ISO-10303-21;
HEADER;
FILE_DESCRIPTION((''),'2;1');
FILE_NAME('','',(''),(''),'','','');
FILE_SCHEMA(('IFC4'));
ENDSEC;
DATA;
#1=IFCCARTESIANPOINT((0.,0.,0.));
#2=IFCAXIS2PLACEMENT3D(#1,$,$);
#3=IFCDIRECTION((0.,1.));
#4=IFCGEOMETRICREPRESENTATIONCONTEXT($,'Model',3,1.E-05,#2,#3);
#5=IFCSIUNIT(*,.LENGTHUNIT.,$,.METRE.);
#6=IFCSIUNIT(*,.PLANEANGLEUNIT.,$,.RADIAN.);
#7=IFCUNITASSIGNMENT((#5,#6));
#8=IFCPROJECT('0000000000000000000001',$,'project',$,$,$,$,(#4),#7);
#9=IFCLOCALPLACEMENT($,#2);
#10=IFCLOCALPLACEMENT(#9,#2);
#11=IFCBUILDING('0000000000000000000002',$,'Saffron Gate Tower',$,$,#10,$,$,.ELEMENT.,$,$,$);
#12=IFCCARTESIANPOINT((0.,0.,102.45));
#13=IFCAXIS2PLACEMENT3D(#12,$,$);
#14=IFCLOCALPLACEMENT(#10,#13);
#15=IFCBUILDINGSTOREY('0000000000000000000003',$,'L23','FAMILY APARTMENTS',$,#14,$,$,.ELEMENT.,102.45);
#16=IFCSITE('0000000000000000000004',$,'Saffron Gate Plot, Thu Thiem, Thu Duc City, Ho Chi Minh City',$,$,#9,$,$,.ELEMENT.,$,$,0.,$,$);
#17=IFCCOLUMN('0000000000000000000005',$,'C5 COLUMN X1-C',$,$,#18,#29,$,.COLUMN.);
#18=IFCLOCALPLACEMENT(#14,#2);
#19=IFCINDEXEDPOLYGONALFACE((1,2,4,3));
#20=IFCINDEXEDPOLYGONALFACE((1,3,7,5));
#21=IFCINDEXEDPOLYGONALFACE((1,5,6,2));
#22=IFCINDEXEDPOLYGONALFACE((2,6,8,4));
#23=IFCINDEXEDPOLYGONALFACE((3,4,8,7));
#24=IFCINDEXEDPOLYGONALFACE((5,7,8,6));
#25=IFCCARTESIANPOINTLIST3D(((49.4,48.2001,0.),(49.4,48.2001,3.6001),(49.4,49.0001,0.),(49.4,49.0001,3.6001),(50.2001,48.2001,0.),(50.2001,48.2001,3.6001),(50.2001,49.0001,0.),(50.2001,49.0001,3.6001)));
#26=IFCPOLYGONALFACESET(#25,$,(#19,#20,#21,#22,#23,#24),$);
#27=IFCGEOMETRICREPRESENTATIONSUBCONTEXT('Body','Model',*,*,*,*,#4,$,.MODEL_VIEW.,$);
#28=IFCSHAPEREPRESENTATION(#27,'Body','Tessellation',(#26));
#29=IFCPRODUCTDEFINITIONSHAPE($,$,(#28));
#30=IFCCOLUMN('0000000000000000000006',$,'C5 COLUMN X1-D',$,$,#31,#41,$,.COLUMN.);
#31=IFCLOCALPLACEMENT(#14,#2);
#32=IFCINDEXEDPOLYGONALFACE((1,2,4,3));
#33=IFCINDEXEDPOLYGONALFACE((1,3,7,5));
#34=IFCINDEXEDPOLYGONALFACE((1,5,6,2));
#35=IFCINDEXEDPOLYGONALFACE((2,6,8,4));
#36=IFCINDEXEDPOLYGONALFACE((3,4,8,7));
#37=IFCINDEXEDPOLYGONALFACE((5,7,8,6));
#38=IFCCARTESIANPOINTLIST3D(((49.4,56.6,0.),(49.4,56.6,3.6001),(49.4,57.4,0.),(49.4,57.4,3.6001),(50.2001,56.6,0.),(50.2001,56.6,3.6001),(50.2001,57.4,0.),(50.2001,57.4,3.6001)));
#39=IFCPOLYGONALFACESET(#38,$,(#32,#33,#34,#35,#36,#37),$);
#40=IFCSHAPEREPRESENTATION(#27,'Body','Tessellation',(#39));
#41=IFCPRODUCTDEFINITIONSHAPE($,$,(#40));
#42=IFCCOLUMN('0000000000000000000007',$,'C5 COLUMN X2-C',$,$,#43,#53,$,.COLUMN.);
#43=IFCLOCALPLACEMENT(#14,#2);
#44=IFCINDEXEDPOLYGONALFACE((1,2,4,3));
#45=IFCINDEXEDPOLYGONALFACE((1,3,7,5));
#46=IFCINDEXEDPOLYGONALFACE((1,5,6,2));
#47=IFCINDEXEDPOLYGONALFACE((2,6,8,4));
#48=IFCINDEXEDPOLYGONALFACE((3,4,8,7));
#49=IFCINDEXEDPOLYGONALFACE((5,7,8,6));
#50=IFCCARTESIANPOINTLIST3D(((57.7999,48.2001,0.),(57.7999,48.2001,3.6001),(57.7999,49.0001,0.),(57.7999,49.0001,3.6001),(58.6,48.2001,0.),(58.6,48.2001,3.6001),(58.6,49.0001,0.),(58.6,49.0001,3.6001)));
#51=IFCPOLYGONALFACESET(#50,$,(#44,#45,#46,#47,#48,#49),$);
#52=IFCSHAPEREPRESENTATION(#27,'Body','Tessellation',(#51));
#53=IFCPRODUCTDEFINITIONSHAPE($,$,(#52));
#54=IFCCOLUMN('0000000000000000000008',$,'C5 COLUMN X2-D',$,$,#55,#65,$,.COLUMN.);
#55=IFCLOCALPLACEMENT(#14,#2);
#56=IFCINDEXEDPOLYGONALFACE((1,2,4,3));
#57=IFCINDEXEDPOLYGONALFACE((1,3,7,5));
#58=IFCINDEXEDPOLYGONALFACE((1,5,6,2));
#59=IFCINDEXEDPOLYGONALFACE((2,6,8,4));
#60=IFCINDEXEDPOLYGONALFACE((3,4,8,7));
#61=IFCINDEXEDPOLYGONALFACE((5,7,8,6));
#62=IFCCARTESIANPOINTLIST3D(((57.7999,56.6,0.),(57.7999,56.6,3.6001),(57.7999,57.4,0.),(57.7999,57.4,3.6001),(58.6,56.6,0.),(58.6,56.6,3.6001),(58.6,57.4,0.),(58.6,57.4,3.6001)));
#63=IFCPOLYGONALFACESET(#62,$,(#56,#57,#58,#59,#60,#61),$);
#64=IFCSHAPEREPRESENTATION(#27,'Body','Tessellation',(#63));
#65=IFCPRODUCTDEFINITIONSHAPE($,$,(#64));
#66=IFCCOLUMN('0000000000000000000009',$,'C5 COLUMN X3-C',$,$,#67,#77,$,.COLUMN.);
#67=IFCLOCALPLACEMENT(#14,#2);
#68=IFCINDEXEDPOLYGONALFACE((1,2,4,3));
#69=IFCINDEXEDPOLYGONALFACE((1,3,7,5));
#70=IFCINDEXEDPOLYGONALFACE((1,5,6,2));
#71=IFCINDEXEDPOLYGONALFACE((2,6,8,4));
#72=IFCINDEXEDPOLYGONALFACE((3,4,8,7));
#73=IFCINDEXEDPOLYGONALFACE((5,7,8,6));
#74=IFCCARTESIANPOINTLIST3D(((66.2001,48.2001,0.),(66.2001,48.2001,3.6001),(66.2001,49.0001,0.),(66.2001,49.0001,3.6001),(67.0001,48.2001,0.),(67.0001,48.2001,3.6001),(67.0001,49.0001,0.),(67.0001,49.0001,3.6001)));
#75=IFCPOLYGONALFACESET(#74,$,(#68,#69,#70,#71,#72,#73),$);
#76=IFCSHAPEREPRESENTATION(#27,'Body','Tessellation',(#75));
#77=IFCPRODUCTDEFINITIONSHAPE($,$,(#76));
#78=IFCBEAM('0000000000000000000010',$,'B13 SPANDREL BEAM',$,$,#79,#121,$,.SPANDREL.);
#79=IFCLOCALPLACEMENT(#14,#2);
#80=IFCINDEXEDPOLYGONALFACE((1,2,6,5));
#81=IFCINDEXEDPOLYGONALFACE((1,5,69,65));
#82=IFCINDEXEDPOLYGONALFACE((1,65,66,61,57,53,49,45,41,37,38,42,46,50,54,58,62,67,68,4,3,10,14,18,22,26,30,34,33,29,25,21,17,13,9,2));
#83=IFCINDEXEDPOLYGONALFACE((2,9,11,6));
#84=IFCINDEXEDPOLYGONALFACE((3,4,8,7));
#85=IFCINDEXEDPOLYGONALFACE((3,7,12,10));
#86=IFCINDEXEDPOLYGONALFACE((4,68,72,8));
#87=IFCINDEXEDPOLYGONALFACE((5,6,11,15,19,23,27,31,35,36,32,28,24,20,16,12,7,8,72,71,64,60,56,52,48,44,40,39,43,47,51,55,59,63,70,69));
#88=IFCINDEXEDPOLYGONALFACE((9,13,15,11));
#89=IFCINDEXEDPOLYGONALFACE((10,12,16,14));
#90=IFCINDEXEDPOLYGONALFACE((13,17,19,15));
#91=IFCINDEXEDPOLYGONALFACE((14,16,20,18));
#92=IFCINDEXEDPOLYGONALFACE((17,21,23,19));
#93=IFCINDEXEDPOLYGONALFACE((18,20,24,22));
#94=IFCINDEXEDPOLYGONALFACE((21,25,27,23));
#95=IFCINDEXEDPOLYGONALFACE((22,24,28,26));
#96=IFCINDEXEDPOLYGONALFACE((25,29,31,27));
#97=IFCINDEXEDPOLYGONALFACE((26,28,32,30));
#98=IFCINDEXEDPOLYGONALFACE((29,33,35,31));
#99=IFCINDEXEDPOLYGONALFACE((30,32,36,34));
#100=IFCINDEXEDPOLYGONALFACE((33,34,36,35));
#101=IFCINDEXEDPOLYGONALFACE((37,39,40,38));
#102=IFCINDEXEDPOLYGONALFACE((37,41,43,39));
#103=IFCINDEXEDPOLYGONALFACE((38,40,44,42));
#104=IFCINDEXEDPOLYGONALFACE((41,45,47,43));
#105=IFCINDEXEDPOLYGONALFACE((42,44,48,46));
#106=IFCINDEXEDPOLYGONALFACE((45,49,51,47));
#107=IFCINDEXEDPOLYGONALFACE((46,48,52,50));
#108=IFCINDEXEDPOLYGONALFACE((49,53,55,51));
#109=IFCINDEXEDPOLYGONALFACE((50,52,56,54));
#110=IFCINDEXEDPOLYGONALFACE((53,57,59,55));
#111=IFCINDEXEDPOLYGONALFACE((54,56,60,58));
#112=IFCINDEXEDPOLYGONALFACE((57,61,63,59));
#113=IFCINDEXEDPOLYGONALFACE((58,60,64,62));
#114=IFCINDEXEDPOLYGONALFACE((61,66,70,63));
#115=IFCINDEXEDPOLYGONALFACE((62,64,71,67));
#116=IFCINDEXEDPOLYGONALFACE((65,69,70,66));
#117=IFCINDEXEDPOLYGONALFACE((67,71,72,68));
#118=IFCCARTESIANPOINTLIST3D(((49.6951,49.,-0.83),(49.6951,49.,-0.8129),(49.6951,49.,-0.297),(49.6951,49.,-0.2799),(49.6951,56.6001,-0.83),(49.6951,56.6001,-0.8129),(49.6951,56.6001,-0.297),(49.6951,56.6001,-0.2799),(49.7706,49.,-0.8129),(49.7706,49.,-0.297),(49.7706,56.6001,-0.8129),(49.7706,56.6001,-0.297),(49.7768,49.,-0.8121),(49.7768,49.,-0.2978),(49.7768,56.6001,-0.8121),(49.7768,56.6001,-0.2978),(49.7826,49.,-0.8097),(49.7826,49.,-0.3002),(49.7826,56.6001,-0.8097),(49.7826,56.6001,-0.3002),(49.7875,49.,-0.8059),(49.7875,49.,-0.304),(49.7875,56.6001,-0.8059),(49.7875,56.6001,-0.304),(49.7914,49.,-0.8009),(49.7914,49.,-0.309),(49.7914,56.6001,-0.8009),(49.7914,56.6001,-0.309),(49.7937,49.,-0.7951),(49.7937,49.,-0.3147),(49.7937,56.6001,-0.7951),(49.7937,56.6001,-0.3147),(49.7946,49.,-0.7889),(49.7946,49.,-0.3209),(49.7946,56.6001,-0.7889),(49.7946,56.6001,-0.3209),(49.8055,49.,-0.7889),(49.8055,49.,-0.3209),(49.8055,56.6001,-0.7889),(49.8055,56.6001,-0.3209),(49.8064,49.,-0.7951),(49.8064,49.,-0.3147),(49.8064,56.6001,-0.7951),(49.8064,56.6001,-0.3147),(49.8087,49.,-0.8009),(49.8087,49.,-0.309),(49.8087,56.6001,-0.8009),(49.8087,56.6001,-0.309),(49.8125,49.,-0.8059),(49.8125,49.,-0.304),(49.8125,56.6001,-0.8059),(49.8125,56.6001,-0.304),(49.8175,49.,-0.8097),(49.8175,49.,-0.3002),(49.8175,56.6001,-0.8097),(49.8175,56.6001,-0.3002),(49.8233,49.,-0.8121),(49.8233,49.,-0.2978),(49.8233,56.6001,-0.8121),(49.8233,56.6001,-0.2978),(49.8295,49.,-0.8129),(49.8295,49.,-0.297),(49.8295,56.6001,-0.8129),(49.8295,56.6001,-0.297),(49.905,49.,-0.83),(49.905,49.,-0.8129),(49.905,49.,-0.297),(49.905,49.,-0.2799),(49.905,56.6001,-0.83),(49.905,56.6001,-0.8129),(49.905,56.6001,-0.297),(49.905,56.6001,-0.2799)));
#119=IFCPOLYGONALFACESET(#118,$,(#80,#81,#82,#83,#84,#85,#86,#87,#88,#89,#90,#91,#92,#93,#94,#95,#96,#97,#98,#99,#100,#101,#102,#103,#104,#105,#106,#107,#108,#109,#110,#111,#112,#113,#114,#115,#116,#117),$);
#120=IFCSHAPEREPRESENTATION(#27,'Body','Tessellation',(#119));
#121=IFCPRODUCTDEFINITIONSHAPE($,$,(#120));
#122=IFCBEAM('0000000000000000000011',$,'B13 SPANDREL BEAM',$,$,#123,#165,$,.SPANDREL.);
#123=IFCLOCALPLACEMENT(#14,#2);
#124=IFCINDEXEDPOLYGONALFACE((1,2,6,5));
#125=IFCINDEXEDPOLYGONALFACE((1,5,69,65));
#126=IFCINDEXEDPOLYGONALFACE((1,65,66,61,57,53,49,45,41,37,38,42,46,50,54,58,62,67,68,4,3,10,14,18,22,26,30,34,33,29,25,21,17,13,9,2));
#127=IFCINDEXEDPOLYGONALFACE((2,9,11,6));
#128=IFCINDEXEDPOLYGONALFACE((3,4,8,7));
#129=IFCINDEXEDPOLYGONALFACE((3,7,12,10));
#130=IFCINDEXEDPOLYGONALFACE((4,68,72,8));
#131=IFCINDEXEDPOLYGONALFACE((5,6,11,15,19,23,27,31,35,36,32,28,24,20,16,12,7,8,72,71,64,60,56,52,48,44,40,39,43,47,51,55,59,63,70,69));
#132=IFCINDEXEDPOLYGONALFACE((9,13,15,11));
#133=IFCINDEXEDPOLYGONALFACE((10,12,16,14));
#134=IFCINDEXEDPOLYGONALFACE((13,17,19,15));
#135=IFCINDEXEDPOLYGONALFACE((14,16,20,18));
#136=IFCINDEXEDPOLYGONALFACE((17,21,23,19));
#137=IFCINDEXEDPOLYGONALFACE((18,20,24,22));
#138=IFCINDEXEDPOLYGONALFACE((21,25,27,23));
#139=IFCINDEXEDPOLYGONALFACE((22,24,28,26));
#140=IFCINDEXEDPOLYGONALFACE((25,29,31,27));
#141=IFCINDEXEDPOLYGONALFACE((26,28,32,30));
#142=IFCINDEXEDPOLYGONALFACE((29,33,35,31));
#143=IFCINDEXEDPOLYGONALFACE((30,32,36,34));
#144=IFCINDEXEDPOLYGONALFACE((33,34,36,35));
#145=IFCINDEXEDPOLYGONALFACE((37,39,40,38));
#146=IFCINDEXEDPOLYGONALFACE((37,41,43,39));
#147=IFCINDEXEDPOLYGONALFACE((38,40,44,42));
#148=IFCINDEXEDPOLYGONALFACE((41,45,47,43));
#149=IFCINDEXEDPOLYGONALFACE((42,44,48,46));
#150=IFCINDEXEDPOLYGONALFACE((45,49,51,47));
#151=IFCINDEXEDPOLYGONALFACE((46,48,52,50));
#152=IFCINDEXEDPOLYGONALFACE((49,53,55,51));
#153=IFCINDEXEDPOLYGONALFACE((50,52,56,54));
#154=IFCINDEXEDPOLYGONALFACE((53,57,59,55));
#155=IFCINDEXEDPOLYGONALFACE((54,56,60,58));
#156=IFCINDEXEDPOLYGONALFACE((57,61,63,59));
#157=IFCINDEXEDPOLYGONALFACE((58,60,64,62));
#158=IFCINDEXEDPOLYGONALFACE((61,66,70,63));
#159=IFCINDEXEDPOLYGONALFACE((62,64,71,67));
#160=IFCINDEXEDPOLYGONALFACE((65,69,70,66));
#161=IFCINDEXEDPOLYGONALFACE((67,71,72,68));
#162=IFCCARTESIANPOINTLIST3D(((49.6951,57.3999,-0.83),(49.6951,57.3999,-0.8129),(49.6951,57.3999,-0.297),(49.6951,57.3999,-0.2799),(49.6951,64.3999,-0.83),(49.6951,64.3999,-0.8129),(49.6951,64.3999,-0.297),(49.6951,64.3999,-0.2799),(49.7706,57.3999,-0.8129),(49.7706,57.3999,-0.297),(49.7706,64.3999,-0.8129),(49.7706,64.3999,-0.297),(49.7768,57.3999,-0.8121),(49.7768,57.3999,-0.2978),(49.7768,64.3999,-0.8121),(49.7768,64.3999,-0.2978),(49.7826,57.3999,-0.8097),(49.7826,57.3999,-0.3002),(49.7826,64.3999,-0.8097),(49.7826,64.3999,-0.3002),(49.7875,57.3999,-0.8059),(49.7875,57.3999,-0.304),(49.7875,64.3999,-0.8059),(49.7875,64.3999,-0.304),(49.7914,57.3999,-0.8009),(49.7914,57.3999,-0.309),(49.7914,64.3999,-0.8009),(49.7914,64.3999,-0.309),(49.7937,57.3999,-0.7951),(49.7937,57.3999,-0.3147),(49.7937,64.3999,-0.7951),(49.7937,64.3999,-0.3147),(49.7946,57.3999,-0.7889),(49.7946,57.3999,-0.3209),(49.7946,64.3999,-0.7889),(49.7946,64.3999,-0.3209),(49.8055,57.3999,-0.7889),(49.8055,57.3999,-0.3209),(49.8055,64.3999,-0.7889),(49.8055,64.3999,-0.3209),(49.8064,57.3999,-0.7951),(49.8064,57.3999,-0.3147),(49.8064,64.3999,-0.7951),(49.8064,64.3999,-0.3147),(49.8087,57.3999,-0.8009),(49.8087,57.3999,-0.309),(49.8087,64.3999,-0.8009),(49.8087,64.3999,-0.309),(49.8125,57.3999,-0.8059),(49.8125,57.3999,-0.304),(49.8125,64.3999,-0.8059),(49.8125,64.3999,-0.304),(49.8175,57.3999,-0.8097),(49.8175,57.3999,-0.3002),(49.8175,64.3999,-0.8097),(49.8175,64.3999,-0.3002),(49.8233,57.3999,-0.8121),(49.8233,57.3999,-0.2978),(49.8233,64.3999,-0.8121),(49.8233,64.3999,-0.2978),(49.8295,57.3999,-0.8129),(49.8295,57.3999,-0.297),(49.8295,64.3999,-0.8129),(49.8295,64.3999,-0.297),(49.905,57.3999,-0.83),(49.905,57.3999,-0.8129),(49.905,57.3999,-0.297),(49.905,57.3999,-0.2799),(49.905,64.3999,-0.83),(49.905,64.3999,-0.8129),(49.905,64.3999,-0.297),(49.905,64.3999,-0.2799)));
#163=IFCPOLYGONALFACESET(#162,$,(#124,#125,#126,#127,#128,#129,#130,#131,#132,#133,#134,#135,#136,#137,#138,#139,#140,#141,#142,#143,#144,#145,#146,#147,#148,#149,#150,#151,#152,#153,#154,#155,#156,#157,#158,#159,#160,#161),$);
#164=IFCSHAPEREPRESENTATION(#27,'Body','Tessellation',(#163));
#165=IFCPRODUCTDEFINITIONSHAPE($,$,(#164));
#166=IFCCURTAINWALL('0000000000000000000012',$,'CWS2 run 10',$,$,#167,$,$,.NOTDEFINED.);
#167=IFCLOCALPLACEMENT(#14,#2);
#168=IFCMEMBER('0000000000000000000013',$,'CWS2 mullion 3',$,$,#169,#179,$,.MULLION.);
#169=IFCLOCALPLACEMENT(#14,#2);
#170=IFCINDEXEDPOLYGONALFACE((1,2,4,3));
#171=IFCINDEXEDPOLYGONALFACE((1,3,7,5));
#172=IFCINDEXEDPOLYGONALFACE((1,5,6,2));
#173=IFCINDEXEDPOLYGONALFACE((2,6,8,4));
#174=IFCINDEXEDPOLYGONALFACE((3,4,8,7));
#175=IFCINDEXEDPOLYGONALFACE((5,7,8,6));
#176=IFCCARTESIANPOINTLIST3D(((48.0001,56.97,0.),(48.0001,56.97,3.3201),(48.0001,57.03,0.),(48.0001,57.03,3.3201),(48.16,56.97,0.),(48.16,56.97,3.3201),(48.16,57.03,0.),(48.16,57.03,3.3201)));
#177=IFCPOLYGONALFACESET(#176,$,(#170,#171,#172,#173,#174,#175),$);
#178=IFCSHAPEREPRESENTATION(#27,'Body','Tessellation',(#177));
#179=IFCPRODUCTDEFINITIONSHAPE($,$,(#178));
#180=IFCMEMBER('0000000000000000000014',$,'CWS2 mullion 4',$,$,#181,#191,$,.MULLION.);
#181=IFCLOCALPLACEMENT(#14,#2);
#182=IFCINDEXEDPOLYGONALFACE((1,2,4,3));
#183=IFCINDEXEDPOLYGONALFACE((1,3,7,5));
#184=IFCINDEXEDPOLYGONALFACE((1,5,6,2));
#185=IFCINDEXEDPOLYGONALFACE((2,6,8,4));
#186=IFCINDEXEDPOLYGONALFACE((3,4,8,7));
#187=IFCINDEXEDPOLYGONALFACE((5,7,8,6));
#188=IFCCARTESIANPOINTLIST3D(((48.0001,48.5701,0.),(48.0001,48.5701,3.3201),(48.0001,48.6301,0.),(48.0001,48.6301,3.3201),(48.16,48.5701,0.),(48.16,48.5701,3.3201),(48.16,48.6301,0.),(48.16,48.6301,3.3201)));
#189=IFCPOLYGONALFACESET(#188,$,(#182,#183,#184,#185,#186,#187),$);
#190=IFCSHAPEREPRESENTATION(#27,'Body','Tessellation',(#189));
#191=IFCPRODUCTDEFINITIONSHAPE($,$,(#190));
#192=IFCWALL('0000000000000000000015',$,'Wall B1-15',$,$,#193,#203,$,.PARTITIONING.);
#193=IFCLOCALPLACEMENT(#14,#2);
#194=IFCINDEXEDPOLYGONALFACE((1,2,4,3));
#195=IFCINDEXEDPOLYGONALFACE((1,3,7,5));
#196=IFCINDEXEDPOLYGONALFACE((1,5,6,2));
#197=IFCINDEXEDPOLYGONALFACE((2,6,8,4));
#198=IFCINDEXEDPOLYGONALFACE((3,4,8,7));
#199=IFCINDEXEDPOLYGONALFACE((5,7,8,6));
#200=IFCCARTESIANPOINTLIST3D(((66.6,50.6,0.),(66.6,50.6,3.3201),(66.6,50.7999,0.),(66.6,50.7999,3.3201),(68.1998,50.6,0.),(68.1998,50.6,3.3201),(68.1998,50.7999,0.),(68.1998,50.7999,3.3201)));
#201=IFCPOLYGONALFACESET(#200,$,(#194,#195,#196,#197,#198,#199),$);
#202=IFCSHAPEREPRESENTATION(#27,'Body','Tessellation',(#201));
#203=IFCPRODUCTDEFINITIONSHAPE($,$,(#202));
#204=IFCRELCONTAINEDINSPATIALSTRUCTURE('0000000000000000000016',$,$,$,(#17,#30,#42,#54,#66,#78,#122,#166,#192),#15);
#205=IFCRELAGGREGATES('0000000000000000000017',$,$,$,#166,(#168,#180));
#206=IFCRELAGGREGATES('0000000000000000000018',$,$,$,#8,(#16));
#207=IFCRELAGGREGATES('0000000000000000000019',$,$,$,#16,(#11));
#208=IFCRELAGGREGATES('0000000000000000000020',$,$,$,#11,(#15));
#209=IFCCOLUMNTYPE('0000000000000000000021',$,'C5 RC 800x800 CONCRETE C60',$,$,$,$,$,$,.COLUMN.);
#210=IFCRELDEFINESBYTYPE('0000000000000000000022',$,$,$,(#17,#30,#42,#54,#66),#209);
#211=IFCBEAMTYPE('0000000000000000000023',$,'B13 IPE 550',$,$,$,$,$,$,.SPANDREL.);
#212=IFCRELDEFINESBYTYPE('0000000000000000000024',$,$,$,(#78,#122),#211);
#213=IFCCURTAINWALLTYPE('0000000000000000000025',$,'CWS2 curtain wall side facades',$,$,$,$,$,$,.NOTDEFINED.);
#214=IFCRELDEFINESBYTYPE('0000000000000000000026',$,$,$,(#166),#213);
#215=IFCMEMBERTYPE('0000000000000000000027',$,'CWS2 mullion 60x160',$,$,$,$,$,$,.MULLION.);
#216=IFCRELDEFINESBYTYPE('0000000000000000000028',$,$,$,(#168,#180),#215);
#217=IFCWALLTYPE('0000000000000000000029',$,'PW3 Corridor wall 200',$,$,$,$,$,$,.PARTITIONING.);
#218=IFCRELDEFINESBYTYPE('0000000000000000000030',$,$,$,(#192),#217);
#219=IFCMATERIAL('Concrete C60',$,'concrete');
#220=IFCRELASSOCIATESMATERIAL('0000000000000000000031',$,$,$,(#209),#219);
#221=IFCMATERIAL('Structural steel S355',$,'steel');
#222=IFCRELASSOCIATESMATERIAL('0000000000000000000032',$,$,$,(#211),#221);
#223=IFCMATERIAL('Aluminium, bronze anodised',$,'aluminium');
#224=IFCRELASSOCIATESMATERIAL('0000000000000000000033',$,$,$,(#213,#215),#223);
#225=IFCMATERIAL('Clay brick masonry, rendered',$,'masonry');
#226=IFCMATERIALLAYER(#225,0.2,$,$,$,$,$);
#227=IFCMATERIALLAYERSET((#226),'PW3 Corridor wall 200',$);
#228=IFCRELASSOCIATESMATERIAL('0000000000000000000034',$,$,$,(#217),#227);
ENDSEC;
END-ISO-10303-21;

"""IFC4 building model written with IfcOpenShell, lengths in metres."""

from ifc_helpers import new_model, si_unit, direction, frame, frame_2d, origin, origin_2d, place, context, subcontext, project, spatial, rectangle, i_section, extrude, material, layer, layer_set, material_profile, profile_set, type_object, element, aggregate, save


model = new_model("IFC4")

# Units and contexts
model_context = context("Model", 3, precision=1e-05, world=origin(), true_north=direction((0.0, 1.0)))
body_context = subcontext(model_context, "Body", "Model", "MODEL_VIEW")
ifc_project = project(units=[si_unit("LENGTHUNIT", "METRE"), si_unit("PLANEANGLEUNIT", "RADIAN")], contexts=[model_context])

# Site, building, storey
site_placement = place(None, origin())
site = spatial("IfcSite", under=ifc_project, at=site_placement, Name="Saffron Gate Plot, Thu Thiem, Thu Duc City, Ho Chi Minh City", CompositionType="ELEMENT", RefElevation=0.0)
building_placement = place(site_placement, origin())
building = spatial("IfcBuilding", under=site, at=building_placement, Name="Saffron Gate Tower", CompositionType="ELEMENT")
storey_placement = place(building_placement, frame((0.0, 0.0, 102.45)))
storey = spatial("IfcBuildingStorey", under=building, at=storey_placement, Name="L23", Description="FAMILY APARTMENTS", CompositionType="ELEMENT", Elevation=102.45)

# Columns
ifc_material_1 = material(Name="Concrete C60", Category="concrete")
ifc_material_profile_1 = material_profile(ifc_material_1, rectangle(XDim=0.8, YDim=0.8, at=origin_2d()))
ifc_profile_set_1 = profile_set([ifc_material_profile_1], Name="Concrete C60")
column_type = type_object("IfcColumnType", Name="C5 RC 800x800 CONCRETE C60", PredefinedType="COLUMN", material=ifc_profile_set_1)
for number, where, z_axis, x_axis, name in (
    (1, (49.8, 48.6001, 0.0), (0.0, 0.0, 1.0), (1.0, 0.0, 0.0), "C5 COLUMN X1-C"),
    (2, (49.8, 57.0, 0.0), (0.0, 0.0, 1.0), (1.0, 0.0, 0.0), "C5 COLUMN X1-D"),
    (3, (58.2, 48.6001, 0.0), (0.0, 0.0, 1.0), (1.0, 0.0, 0.0), "C5 COLUMN X2-C"),
    (4, (58.2, 57.0, 0.0), (0.0, 0.0, 1.0), (1.0, 0.0, 0.0), "C5 COLUMN X2-D"),
    (5, (66.6001, 48.6001, 0.0), (0.0, 0.0, 1.0), (1.0, 0.0, 0.0), "C5 COLUMN X3-C"),
):
    element("IfcColumn", number, at=place(storey_placement, frame(where, z_axis=z_axis, x_axis=x_axis)), inside=storey, type_object=column_type, Name=name, PredefinedType="COLUMN", context=body_context, shape_type="SweptSolid", body=[
        extrude(rectangle(XDim=0.8, YDim=0.8, at=origin_2d()), origin(), (0.0, 0.0, 1.0), 3.6001),
    ])

# Beams
ifc_material_2 = material(Name="Structural steel S355", Category="steel")
ifc_material_profile_2 = material_profile(ifc_material_2, i_section(OverallWidth=0.21, OverallDepth=0.55, WebThickness=0.011, FlangeThickness=0.0171, FilletRadius=0.0239, at=origin_2d()))
ifc_profile_set_2 = profile_set([ifc_material_profile_2], Name="Structural steel S355")
beam_type = type_object("IfcBeamType", Name="B13 IPE 550", PredefinedType="SPANDREL", material=ifc_profile_set_2)
beam_1_placement = place(storey_placement, frame((49.8, 49.0, -0.5549), z_axis=(0.0, 1.0, 0.0), x_axis=(-1.0, 0.0, 0.0)))
element("IfcBeam", 6, at=beam_1_placement, inside=storey, type_object=beam_type, Name="B13 SPANDREL BEAM", PredefinedType="SPANDREL", context=body_context, shape_type="SweptSolid", body=[
    extrude(i_section(OverallWidth=0.21, OverallDepth=0.55, WebThickness=0.011, FlangeThickness=0.0171, FilletRadius=0.0239, at=origin_2d()), origin(), (0.0, 0.0, 1.0), 7.6001),
])
beam_2_placement = place(storey_placement, frame((49.8, 57.3999, -0.5549), z_axis=(0.0, 1.0, 0.0), x_axis=(-1.0, 0.0, 0.0)))
element("IfcBeam", 7, at=beam_2_placement, inside=storey, type_object=beam_type, Name="B13 SPANDREL BEAM", PredefinedType="SPANDREL", context=body_context, shape_type="SweptSolid", body=[
    extrude(i_section(OverallWidth=0.21, OverallDepth=0.55, WebThickness=0.011, FlangeThickness=0.0171, FilletRadius=0.0239, at=origin_2d()), origin(), (0.0, 0.0, 1.0), 7.0),
])

# Curtain wall, members
ifc_material_3 = material(Name="Aluminium, bronze anodised", Category="aluminium")
curtain_wall_type = type_object("IfcCurtainWallType", Name="CWS2 curtain wall side facades", PredefinedType="NOTDEFINED", material=ifc_material_3)
curtain_wall_placement = place(storey_placement, origin())
curtain_wall = element("IfcCurtainWall", 8, at=curtain_wall_placement, inside=storey, type_object=curtain_wall_type, Name="CWS2 run 10", PredefinedType="NOTDEFINED")
ifc_material_profile_3 = material_profile(ifc_material_3, rectangle(XDim=0.1599, YDim=0.0601, at=origin_2d()))
ifc_profile_set_3 = profile_set([ifc_material_profile_3], Name="Aluminium, bronze anodised")
member_type = type_object("IfcMemberType", Name="CWS2 mullion 60x160", PredefinedType="MULLION", material=ifc_profile_set_3)
member_1_placement = place(storey_placement, frame((48.0801, 57.0, 0.0), z_axis=(0.0, 0.0, 1.0), x_axis=(1.0, 0.0, 0.0)))
member_1 = element("IfcMember", 9, at=member_1_placement, type_object=member_type, Name="CWS2 mullion 3", PredefinedType="MULLION", context=body_context, shape_type="SweptSolid", body=[
    extrude(rectangle(XDim=0.1599, YDim=0.0601, at=origin_2d()), origin(), (0.0, 0.0, 1.0), 3.3201),
])
member_2_placement = place(storey_placement, frame((48.0801, 48.6001, 0.0), z_axis=(0.0, 0.0, 1.0), x_axis=(1.0, 0.0, 0.0)))
member_2 = element("IfcMember", 10, at=member_2_placement, type_object=member_type, Name="CWS2 mullion 4", PredefinedType="MULLION", context=body_context, shape_type="SweptSolid", body=[
    extrude(rectangle(XDim=0.1599, YDim=0.0601, at=origin_2d()), origin(), (0.0, 0.0, 1.0), 3.3201),
])
aggregate(curtain_wall, [member_1, member_2])

# Wall
ifc_material_4 = material(Name="Clay brick masonry, rendered", Category="masonry")
ifc_layer_1 = layer(ifc_material_4, 0.2)
ifc_layer_set_1 = layer_set([ifc_layer_1], Name="PW3 Corridor wall 200")
wall_type_1 = type_object("IfcWallType", Name="PW3 Corridor wall 200", PredefinedType="PARTITIONING", material=ifc_layer_set_1)
wall_1_placement = place(storey_placement, frame((66.6001, 50.7, 0.0), z_axis=(0.0, 0.0, 1.0), x_axis=(1.0, 0.0, 0.0)))
element("IfcWall", 11, at=wall_1_placement, inside=storey, type_object=wall_type_1, Name="Wall B1-15", PredefinedType="PARTITIONING", context=body_context, shape_type="SweptSolid", body=[
    extrude(rectangle(XDim=1.5999, YDim=0.2, at=frame_2d((0.7998, 0.0))), origin(), (0.0, 0.0, 1.0), 3.3201),
])

save(model, "model.ifc")
